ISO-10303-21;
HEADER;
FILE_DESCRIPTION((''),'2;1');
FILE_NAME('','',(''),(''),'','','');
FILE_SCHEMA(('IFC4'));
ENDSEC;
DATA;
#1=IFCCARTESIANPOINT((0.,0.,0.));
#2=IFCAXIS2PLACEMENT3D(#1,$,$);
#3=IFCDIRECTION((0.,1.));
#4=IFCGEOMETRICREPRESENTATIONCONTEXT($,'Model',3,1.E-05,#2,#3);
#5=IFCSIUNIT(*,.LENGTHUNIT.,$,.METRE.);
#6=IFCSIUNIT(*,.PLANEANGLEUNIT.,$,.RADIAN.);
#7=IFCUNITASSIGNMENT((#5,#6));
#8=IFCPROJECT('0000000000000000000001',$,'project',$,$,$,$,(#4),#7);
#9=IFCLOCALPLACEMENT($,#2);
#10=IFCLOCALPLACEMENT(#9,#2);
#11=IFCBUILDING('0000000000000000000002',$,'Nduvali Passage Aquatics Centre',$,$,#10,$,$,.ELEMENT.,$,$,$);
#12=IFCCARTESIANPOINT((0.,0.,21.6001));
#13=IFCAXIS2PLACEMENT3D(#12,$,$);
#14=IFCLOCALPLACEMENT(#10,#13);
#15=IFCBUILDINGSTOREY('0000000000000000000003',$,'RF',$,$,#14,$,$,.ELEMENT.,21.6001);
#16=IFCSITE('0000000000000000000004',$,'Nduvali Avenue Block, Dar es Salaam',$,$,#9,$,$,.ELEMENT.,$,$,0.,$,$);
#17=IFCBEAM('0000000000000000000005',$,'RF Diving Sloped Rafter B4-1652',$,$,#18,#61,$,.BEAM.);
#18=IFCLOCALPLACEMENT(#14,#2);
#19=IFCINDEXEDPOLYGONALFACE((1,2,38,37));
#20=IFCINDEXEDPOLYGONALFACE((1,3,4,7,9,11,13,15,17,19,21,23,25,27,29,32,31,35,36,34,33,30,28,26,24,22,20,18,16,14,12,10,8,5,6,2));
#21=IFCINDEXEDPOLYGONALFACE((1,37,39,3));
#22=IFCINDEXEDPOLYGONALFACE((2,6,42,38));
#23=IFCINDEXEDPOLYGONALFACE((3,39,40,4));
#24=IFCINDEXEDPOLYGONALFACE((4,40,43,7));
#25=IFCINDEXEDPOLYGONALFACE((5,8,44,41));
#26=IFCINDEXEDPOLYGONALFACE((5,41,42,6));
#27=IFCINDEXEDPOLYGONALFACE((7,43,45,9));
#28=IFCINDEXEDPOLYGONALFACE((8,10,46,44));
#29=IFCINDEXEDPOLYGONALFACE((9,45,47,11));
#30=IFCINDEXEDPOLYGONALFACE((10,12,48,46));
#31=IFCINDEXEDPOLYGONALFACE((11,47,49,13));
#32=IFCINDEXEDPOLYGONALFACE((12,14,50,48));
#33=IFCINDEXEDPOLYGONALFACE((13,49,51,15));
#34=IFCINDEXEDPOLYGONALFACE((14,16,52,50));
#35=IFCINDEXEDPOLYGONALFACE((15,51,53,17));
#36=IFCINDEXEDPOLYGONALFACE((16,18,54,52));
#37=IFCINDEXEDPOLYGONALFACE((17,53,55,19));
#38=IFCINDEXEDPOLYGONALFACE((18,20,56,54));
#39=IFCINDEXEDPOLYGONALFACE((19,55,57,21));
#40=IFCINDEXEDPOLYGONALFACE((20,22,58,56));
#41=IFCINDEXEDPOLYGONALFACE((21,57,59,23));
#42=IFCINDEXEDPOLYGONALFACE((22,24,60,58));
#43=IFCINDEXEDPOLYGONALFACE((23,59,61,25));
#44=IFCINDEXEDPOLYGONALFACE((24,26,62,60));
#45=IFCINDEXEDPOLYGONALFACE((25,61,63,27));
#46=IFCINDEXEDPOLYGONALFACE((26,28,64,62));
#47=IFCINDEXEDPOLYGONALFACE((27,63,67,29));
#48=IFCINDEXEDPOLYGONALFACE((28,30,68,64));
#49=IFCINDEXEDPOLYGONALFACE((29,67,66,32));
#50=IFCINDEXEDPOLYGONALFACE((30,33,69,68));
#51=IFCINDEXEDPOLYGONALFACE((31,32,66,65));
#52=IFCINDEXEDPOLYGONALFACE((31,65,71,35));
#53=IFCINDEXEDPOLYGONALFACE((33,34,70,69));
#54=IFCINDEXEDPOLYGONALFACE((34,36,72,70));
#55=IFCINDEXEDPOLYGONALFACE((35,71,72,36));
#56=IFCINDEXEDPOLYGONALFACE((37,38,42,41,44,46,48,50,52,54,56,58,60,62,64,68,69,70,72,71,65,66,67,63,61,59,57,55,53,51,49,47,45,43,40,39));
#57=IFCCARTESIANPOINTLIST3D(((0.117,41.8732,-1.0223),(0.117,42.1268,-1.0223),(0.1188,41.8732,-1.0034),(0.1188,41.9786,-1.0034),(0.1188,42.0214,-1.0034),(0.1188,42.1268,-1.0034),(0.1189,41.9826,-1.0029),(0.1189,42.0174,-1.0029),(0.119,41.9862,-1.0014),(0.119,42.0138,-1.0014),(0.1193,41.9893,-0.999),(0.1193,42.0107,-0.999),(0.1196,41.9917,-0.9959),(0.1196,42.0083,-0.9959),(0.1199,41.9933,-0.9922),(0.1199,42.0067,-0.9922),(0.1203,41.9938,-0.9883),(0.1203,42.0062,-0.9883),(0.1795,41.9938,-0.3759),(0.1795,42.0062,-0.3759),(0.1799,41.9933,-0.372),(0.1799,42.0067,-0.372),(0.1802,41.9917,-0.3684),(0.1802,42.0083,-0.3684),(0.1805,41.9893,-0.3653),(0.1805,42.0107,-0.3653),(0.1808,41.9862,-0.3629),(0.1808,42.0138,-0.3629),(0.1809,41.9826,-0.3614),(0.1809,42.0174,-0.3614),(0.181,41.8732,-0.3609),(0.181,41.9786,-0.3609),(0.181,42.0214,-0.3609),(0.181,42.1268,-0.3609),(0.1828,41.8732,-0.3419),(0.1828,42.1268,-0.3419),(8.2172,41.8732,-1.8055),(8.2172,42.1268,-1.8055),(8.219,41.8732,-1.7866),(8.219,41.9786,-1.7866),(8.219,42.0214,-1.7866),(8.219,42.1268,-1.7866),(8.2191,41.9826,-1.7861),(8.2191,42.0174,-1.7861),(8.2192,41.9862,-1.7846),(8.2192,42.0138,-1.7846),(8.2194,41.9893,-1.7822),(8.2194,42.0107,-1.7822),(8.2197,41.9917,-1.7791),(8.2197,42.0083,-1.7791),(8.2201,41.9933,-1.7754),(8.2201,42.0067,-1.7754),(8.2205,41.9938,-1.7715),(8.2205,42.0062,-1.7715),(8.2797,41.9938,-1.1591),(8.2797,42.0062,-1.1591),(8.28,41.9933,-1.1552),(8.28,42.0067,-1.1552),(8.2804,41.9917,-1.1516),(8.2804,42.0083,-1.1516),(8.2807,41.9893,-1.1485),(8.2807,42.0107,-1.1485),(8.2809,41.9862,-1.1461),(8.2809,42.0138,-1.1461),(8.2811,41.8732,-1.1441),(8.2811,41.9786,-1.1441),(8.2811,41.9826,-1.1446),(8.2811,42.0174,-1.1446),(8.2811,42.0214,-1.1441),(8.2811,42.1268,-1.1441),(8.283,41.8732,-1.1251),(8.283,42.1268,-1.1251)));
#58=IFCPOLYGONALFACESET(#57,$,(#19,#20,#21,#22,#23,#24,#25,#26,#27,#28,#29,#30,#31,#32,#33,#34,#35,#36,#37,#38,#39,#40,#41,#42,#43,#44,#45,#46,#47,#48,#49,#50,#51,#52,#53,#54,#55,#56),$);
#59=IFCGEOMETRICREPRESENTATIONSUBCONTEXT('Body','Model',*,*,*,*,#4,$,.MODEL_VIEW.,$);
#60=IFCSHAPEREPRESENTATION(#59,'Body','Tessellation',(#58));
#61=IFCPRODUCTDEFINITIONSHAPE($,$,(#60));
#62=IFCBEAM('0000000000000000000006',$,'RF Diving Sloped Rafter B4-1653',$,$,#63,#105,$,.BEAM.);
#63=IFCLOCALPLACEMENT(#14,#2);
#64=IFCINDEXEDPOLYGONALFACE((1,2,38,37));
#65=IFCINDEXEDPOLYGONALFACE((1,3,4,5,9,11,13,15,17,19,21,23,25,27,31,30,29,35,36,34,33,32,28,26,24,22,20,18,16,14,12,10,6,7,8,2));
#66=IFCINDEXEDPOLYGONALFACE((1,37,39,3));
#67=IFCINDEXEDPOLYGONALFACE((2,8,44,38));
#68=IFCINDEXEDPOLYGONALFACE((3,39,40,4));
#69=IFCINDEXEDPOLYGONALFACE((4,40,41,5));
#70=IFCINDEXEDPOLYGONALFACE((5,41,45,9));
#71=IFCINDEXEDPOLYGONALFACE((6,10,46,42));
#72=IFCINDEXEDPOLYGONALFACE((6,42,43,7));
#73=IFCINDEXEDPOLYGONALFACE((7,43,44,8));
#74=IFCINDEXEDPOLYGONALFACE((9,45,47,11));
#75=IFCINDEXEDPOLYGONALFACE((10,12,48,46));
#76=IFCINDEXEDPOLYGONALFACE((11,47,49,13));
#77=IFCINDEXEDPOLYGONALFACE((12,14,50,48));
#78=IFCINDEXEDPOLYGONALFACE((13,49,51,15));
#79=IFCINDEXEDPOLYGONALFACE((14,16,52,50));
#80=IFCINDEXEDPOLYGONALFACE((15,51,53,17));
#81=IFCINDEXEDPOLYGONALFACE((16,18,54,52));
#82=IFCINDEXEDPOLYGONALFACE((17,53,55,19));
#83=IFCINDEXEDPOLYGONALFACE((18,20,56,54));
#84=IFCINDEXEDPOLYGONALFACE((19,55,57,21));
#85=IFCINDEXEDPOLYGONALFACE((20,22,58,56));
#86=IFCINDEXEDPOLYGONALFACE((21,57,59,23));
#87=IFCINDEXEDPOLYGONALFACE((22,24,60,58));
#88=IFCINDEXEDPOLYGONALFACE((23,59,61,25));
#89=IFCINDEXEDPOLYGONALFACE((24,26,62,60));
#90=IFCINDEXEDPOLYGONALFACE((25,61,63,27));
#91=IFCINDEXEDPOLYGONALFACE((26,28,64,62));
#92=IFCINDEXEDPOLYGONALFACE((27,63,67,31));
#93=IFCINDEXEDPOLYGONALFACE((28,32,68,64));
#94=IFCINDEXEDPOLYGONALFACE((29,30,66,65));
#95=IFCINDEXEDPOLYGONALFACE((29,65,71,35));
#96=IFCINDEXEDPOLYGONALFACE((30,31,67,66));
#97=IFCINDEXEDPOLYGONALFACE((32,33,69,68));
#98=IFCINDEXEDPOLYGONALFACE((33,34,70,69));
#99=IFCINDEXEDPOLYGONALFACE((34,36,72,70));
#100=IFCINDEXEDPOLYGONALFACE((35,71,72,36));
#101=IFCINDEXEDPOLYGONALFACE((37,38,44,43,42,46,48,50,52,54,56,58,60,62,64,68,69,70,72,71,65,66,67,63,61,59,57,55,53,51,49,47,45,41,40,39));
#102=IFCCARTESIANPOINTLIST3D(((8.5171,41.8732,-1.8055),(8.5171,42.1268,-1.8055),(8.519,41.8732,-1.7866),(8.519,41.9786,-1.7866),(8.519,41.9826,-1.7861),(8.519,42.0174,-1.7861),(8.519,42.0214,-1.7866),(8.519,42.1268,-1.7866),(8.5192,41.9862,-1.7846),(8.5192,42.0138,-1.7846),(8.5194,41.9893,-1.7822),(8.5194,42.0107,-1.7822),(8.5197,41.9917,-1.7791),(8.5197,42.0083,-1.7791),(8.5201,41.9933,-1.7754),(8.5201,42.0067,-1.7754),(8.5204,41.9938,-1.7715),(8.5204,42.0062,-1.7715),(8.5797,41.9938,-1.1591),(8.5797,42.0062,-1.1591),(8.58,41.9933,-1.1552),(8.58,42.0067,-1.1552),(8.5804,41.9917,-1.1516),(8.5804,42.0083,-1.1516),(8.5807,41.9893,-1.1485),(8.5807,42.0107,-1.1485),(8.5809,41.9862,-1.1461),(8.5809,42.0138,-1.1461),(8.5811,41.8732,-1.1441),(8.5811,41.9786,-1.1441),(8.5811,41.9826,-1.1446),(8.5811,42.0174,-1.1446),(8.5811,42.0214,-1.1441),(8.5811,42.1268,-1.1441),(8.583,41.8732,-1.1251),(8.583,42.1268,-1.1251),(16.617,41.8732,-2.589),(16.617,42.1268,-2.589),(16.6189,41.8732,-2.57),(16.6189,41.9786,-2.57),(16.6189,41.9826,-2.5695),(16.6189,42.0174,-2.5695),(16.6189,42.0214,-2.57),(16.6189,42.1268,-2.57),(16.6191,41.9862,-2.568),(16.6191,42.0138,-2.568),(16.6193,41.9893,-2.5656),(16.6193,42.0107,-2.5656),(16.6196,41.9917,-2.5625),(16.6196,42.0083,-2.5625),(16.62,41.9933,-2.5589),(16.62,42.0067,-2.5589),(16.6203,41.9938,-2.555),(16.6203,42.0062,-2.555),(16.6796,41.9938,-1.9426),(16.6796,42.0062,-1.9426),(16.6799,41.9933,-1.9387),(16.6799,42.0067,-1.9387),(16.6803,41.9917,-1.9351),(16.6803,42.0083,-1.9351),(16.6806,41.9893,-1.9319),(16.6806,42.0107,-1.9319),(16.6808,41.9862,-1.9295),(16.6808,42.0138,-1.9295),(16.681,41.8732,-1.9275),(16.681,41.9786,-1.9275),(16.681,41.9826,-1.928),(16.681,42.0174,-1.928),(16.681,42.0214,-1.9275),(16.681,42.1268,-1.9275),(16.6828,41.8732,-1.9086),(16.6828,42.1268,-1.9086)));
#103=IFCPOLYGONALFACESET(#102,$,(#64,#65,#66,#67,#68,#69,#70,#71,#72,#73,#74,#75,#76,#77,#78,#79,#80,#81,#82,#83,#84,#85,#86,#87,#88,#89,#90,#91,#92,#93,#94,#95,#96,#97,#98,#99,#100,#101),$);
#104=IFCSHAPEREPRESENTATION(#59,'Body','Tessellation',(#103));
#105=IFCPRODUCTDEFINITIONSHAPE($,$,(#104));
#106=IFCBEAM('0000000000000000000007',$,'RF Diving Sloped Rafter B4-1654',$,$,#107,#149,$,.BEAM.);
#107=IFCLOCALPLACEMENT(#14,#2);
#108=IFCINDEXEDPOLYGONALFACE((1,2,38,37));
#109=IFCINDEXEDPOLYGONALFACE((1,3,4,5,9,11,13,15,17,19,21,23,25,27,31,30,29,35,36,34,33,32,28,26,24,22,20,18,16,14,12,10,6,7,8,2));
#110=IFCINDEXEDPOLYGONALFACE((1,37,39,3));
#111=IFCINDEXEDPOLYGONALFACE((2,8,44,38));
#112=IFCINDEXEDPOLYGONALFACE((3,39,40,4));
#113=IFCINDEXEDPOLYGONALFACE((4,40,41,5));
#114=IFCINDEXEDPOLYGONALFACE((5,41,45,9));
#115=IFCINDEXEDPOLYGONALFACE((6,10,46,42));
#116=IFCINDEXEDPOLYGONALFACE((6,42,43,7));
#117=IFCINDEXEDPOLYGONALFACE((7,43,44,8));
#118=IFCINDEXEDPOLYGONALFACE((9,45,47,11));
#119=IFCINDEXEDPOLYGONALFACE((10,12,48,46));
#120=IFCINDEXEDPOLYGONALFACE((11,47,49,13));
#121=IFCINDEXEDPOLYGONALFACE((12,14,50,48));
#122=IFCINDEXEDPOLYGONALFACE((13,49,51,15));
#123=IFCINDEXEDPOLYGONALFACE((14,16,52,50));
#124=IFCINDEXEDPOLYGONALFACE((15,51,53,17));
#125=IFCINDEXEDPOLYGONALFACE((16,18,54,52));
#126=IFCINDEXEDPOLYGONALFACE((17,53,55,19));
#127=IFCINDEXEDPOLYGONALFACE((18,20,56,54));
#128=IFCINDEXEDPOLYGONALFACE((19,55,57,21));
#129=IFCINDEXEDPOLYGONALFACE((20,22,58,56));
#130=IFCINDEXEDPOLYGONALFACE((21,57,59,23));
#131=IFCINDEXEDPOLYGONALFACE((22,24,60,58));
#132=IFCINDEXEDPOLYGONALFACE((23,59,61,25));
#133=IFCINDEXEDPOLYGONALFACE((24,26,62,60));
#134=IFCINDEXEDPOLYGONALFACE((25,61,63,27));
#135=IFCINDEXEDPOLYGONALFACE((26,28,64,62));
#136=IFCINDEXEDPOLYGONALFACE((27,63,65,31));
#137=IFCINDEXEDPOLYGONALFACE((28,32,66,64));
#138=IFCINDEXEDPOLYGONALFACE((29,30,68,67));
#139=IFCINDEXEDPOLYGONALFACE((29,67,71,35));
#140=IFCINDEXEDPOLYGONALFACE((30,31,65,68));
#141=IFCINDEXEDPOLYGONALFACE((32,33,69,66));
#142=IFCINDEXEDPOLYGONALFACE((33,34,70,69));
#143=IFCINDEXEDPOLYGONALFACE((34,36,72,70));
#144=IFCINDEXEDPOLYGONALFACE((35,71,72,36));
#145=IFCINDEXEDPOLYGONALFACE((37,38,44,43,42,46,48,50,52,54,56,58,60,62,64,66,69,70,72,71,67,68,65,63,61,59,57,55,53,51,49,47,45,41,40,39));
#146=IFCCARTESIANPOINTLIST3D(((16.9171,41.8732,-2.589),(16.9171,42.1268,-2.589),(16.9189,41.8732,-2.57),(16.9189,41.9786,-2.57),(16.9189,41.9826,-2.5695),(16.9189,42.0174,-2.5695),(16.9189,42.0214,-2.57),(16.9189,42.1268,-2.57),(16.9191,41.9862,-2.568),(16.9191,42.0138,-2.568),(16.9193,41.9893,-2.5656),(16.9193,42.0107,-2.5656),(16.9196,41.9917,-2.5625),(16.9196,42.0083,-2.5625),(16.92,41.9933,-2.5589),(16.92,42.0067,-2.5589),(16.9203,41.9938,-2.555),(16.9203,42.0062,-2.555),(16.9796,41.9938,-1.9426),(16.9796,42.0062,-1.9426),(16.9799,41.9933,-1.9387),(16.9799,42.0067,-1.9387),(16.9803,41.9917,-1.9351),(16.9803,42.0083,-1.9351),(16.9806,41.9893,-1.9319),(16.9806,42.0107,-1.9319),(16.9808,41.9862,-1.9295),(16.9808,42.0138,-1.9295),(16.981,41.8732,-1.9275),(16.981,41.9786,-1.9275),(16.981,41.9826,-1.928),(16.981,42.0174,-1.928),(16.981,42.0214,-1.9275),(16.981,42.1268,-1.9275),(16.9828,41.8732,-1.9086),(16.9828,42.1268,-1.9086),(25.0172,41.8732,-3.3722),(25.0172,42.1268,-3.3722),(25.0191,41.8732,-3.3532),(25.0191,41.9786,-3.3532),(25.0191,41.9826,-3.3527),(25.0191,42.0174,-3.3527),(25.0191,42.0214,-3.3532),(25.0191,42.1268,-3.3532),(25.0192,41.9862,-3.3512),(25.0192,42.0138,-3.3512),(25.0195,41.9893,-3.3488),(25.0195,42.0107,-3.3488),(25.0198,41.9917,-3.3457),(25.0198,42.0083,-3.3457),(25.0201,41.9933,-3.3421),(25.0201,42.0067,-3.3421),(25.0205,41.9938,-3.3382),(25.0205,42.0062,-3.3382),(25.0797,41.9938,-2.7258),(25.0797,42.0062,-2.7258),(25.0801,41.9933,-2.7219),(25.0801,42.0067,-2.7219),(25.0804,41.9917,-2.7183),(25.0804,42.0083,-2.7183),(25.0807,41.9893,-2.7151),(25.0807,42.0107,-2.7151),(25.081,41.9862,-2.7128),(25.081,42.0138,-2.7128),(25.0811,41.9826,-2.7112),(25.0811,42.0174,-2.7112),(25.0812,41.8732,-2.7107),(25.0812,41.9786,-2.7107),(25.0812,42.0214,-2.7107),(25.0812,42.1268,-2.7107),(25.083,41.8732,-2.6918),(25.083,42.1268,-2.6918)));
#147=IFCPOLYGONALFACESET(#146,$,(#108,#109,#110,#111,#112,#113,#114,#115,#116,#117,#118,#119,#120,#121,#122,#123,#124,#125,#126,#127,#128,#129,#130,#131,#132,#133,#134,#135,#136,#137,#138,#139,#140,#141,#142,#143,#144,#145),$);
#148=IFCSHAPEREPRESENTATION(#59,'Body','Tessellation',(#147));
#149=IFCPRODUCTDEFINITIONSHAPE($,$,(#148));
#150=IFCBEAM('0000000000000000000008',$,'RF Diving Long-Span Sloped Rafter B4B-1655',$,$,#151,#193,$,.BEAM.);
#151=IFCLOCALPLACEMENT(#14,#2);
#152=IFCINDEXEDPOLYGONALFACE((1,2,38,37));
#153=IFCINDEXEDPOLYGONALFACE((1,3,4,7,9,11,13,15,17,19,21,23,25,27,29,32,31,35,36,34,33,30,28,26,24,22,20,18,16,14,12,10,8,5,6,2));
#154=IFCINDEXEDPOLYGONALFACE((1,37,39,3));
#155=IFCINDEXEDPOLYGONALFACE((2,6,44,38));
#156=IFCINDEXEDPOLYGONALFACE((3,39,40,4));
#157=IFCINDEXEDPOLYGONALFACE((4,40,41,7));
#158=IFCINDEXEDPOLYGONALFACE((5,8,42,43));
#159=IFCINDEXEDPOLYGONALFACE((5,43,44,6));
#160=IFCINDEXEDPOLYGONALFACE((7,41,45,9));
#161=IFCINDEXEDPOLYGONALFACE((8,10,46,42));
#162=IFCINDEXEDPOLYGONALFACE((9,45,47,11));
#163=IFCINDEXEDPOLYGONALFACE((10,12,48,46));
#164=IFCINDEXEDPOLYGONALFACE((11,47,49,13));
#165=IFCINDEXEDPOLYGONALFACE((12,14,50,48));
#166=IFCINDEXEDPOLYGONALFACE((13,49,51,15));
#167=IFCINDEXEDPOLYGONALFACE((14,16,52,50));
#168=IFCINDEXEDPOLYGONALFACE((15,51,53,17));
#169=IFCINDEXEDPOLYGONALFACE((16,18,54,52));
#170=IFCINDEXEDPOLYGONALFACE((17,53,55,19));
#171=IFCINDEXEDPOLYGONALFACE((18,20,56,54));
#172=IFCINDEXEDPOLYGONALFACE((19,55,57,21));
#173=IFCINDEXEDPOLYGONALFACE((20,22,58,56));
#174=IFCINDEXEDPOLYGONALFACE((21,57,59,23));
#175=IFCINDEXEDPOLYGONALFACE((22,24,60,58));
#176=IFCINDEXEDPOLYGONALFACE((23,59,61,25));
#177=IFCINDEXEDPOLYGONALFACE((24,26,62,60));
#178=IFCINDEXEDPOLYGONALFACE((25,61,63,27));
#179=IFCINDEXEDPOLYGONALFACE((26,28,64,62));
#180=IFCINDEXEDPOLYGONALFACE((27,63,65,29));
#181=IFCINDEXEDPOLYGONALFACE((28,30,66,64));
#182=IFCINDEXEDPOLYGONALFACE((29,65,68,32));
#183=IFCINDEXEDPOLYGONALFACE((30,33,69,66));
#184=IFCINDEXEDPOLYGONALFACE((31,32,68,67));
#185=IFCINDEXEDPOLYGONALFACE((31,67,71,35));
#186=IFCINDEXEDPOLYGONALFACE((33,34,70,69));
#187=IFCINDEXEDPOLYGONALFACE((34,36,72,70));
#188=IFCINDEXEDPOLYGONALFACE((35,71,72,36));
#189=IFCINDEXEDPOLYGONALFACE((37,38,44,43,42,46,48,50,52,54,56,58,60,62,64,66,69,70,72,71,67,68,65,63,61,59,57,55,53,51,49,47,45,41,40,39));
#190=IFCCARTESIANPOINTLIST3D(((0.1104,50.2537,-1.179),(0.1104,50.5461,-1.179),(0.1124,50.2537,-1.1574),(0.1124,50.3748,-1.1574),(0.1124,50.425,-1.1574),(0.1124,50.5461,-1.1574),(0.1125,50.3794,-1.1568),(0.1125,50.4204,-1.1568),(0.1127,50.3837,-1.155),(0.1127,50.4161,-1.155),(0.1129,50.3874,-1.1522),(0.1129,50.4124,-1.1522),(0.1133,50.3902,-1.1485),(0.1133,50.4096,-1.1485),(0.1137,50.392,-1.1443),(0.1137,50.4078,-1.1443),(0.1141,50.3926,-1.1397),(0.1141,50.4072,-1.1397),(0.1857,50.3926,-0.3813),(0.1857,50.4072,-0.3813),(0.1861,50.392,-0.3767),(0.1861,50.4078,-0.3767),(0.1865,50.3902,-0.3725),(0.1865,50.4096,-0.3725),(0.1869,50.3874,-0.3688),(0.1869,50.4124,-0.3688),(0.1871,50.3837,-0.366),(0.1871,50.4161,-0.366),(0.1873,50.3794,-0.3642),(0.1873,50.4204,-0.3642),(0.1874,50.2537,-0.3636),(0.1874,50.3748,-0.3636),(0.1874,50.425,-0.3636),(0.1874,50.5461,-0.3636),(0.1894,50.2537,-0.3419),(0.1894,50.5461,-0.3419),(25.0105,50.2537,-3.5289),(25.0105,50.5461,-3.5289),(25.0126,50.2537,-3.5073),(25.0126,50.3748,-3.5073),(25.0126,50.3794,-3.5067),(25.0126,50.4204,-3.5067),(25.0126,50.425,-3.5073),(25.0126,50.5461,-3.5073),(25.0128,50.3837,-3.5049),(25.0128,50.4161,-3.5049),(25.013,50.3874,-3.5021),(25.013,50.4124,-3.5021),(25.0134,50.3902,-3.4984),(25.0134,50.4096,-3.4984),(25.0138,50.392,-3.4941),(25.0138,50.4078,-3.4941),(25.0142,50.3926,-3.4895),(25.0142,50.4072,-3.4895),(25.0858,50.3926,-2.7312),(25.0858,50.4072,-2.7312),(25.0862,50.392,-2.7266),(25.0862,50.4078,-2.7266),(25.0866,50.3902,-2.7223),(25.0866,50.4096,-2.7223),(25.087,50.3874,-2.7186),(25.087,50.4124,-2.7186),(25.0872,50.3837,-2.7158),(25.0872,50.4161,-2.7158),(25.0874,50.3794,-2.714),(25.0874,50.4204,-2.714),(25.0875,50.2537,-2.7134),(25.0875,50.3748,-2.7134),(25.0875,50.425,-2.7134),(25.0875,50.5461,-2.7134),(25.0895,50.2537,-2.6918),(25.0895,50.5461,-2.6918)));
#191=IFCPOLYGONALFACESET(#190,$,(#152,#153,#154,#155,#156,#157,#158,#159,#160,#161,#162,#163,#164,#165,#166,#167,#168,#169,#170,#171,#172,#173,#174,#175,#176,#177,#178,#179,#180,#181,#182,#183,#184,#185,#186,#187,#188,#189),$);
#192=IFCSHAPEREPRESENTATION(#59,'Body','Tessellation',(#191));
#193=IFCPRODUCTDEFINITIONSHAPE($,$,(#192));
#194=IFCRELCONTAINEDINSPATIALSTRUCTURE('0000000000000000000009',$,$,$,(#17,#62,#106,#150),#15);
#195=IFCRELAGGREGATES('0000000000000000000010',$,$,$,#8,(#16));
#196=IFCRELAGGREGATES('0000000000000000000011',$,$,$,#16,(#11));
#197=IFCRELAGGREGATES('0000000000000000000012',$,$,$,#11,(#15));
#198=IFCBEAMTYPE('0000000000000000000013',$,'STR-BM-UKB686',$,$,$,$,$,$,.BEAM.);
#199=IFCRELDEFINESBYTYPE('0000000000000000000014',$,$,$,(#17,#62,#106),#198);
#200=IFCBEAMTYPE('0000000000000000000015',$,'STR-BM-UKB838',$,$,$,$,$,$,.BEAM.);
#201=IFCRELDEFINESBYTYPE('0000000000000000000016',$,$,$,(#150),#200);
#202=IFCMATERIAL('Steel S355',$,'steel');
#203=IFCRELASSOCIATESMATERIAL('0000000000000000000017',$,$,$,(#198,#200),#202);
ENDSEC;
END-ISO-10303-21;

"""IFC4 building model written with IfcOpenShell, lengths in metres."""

from ifc_helpers import new_model, si_unit, direction, frame, origin, origin_2d, place, context, subcontext, project, spatial, i_section, extrude, material, material_profile, profile_set, type_object, element, save


model = new_model("IFC4")

# Units and contexts
model_context = context("Model", 3, precision=1e-05, world=origin(), true_north=direction((0.0, 1.0)))
body_context = subcontext(model_context, "Body", "Model", "MODEL_VIEW")
ifc_project = project(units=[si_unit("LENGTHUNIT", "METRE"), si_unit("PLANEANGLEUNIT", "RADIAN")], contexts=[model_context])

# Site, building, storey
site_placement = place(None, origin())
site = spatial("IfcSite", under=ifc_project, at=site_placement, Name="Nduvali Avenue Block, Dar es Salaam", CompositionType="ELEMENT", RefElevation=0.0)
building_placement = place(site_placement, origin())
building = spatial("IfcBuilding", under=site, at=building_placement, Name="Nduvali Passage Aquatics Centre", CompositionType="ELEMENT")
storey_placement = place(building_placement, frame((0.0, 0.0, 21.6001)))
storey = spatial("IfcBuildingStorey", under=building, at=storey_placement, Name="RF", CompositionType="ELEMENT", Elevation=21.6001)

# Beams
ifc_material_1 = material(Name="Steel S355", Category="steel")
ifc_material_profile_1 = material_profile(ifc_material_1, i_section(OverallWidth=0.2537, OverallDepth=0.6836, WebThickness=0.0125, FlangeThickness=0.019, FilletRadius=0.0151, at=origin_2d()), Name="UKB 686x254x140")
ifc_profile_set_1 = profile_set([ifc_material_profile_1], Name="Steel S355")
beam_type_1 = type_object("IfcBeamType", Name="STR-BM-UKB686", PredefinedType="BEAM", material=ifc_profile_set_1)
beam_1_placement = place(storey_placement, frame((0.1499, 42.0, -0.6821), z_axis=(0.995358, 0.0, -0.096242), x_axis=(0.0, 1.0, 0.0)))
element("IfcBeam", 1, at=beam_1_placement, inside=storey, type_object=beam_type_1, Name="RF Diving Sloped Rafter B4-1652", PredefinedType="BEAM", context=body_context, shape_type="SweptSolid", body=[
    extrude(i_section(OverallWidth=0.2537, OverallDepth=0.6836, WebThickness=0.0125, FlangeThickness=0.019, FilletRadius=0.0151, at=origin_2d()), origin(), (0.0, 0.0, 1.0), 8.1379),
])
beam_2_placement = place(storey_placement, frame((8.55, 42.0, -1.4653), z_axis=(0.995355, 0.0, -0.096274), x_axis=(0.0, 1.0, 0.0)))
element("IfcBeam", 2, at=beam_2_placement, inside=storey, type_object=beam_type_1, Name="RF Diving Sloped Rafter B4-1653", PredefinedType="BEAM", context=body_context, shape_type="SweptSolid", body=[
    extrude(i_section(OverallWidth=0.2537, OverallDepth=0.6836, WebThickness=0.0125, FlangeThickness=0.019, FilletRadius=0.0151, at=origin_2d()), origin(), (0.0, 0.0, 1.0), 8.1377),
])
beam_3_placement = place(storey_placement, frame((16.95, 42.0, -2.2488), z_axis=(0.995358, 0.0, -0.096242), x_axis=(0.0, 1.0, 0.0)))
element("IfcBeam", 3, at=beam_3_placement, inside=storey, type_object=beam_type_1, Name="RF Diving Sloped Rafter B4-1654", PredefinedType="BEAM", context=body_context, shape_type="SweptSolid", body=[
    extrude(i_section(OverallWidth=0.2537, OverallDepth=0.6836, WebThickness=0.0125, FlangeThickness=0.019, FilletRadius=0.0151, at=origin_2d()), origin(), (0.0, 0.0, 1.0), 8.1379),
])
ifc_material_profile_2 = material_profile(ifc_material_1, i_section(OverallWidth=0.2925, OverallDepth=0.8408, WebThickness=0.0146, FlangeThickness=0.0217, FilletRadius=0.0178, at=origin_2d()), Name="UKB 838x292x194")
ifc_profile_set_2 = profile_set([ifc_material_profile_2], Name="Steel S355")
beam_type_2 = type_object("IfcBeamType", Name="STR-BM-UKB838", PredefinedType="BEAM", material=ifc_profile_set_2)
beam_4_placement = place(storey_placement, frame((0.1499, 50.3999, -0.7605), z_axis=(0.995577, 0.0, -0.093954), x_axis=(0.0, 1.0, 0.0)))
element("IfcBeam", 4, at=beam_4_placement, inside=storey, type_object=beam_type_2, Name="RF Diving Long-Span Sloped Rafter B4B-1655", PredefinedType="BEAM", context=body_context, shape_type="SweptSolid", body=[
    extrude(i_section(OverallWidth=0.2925, OverallDepth=0.8408, WebThickness=0.0146, FlangeThickness=0.0217, FilletRadius=0.0178, at=origin_2d()), origin(), (0.0, 0.0, 1.0), 25.0107),
])

save(model, "model.ifc")
